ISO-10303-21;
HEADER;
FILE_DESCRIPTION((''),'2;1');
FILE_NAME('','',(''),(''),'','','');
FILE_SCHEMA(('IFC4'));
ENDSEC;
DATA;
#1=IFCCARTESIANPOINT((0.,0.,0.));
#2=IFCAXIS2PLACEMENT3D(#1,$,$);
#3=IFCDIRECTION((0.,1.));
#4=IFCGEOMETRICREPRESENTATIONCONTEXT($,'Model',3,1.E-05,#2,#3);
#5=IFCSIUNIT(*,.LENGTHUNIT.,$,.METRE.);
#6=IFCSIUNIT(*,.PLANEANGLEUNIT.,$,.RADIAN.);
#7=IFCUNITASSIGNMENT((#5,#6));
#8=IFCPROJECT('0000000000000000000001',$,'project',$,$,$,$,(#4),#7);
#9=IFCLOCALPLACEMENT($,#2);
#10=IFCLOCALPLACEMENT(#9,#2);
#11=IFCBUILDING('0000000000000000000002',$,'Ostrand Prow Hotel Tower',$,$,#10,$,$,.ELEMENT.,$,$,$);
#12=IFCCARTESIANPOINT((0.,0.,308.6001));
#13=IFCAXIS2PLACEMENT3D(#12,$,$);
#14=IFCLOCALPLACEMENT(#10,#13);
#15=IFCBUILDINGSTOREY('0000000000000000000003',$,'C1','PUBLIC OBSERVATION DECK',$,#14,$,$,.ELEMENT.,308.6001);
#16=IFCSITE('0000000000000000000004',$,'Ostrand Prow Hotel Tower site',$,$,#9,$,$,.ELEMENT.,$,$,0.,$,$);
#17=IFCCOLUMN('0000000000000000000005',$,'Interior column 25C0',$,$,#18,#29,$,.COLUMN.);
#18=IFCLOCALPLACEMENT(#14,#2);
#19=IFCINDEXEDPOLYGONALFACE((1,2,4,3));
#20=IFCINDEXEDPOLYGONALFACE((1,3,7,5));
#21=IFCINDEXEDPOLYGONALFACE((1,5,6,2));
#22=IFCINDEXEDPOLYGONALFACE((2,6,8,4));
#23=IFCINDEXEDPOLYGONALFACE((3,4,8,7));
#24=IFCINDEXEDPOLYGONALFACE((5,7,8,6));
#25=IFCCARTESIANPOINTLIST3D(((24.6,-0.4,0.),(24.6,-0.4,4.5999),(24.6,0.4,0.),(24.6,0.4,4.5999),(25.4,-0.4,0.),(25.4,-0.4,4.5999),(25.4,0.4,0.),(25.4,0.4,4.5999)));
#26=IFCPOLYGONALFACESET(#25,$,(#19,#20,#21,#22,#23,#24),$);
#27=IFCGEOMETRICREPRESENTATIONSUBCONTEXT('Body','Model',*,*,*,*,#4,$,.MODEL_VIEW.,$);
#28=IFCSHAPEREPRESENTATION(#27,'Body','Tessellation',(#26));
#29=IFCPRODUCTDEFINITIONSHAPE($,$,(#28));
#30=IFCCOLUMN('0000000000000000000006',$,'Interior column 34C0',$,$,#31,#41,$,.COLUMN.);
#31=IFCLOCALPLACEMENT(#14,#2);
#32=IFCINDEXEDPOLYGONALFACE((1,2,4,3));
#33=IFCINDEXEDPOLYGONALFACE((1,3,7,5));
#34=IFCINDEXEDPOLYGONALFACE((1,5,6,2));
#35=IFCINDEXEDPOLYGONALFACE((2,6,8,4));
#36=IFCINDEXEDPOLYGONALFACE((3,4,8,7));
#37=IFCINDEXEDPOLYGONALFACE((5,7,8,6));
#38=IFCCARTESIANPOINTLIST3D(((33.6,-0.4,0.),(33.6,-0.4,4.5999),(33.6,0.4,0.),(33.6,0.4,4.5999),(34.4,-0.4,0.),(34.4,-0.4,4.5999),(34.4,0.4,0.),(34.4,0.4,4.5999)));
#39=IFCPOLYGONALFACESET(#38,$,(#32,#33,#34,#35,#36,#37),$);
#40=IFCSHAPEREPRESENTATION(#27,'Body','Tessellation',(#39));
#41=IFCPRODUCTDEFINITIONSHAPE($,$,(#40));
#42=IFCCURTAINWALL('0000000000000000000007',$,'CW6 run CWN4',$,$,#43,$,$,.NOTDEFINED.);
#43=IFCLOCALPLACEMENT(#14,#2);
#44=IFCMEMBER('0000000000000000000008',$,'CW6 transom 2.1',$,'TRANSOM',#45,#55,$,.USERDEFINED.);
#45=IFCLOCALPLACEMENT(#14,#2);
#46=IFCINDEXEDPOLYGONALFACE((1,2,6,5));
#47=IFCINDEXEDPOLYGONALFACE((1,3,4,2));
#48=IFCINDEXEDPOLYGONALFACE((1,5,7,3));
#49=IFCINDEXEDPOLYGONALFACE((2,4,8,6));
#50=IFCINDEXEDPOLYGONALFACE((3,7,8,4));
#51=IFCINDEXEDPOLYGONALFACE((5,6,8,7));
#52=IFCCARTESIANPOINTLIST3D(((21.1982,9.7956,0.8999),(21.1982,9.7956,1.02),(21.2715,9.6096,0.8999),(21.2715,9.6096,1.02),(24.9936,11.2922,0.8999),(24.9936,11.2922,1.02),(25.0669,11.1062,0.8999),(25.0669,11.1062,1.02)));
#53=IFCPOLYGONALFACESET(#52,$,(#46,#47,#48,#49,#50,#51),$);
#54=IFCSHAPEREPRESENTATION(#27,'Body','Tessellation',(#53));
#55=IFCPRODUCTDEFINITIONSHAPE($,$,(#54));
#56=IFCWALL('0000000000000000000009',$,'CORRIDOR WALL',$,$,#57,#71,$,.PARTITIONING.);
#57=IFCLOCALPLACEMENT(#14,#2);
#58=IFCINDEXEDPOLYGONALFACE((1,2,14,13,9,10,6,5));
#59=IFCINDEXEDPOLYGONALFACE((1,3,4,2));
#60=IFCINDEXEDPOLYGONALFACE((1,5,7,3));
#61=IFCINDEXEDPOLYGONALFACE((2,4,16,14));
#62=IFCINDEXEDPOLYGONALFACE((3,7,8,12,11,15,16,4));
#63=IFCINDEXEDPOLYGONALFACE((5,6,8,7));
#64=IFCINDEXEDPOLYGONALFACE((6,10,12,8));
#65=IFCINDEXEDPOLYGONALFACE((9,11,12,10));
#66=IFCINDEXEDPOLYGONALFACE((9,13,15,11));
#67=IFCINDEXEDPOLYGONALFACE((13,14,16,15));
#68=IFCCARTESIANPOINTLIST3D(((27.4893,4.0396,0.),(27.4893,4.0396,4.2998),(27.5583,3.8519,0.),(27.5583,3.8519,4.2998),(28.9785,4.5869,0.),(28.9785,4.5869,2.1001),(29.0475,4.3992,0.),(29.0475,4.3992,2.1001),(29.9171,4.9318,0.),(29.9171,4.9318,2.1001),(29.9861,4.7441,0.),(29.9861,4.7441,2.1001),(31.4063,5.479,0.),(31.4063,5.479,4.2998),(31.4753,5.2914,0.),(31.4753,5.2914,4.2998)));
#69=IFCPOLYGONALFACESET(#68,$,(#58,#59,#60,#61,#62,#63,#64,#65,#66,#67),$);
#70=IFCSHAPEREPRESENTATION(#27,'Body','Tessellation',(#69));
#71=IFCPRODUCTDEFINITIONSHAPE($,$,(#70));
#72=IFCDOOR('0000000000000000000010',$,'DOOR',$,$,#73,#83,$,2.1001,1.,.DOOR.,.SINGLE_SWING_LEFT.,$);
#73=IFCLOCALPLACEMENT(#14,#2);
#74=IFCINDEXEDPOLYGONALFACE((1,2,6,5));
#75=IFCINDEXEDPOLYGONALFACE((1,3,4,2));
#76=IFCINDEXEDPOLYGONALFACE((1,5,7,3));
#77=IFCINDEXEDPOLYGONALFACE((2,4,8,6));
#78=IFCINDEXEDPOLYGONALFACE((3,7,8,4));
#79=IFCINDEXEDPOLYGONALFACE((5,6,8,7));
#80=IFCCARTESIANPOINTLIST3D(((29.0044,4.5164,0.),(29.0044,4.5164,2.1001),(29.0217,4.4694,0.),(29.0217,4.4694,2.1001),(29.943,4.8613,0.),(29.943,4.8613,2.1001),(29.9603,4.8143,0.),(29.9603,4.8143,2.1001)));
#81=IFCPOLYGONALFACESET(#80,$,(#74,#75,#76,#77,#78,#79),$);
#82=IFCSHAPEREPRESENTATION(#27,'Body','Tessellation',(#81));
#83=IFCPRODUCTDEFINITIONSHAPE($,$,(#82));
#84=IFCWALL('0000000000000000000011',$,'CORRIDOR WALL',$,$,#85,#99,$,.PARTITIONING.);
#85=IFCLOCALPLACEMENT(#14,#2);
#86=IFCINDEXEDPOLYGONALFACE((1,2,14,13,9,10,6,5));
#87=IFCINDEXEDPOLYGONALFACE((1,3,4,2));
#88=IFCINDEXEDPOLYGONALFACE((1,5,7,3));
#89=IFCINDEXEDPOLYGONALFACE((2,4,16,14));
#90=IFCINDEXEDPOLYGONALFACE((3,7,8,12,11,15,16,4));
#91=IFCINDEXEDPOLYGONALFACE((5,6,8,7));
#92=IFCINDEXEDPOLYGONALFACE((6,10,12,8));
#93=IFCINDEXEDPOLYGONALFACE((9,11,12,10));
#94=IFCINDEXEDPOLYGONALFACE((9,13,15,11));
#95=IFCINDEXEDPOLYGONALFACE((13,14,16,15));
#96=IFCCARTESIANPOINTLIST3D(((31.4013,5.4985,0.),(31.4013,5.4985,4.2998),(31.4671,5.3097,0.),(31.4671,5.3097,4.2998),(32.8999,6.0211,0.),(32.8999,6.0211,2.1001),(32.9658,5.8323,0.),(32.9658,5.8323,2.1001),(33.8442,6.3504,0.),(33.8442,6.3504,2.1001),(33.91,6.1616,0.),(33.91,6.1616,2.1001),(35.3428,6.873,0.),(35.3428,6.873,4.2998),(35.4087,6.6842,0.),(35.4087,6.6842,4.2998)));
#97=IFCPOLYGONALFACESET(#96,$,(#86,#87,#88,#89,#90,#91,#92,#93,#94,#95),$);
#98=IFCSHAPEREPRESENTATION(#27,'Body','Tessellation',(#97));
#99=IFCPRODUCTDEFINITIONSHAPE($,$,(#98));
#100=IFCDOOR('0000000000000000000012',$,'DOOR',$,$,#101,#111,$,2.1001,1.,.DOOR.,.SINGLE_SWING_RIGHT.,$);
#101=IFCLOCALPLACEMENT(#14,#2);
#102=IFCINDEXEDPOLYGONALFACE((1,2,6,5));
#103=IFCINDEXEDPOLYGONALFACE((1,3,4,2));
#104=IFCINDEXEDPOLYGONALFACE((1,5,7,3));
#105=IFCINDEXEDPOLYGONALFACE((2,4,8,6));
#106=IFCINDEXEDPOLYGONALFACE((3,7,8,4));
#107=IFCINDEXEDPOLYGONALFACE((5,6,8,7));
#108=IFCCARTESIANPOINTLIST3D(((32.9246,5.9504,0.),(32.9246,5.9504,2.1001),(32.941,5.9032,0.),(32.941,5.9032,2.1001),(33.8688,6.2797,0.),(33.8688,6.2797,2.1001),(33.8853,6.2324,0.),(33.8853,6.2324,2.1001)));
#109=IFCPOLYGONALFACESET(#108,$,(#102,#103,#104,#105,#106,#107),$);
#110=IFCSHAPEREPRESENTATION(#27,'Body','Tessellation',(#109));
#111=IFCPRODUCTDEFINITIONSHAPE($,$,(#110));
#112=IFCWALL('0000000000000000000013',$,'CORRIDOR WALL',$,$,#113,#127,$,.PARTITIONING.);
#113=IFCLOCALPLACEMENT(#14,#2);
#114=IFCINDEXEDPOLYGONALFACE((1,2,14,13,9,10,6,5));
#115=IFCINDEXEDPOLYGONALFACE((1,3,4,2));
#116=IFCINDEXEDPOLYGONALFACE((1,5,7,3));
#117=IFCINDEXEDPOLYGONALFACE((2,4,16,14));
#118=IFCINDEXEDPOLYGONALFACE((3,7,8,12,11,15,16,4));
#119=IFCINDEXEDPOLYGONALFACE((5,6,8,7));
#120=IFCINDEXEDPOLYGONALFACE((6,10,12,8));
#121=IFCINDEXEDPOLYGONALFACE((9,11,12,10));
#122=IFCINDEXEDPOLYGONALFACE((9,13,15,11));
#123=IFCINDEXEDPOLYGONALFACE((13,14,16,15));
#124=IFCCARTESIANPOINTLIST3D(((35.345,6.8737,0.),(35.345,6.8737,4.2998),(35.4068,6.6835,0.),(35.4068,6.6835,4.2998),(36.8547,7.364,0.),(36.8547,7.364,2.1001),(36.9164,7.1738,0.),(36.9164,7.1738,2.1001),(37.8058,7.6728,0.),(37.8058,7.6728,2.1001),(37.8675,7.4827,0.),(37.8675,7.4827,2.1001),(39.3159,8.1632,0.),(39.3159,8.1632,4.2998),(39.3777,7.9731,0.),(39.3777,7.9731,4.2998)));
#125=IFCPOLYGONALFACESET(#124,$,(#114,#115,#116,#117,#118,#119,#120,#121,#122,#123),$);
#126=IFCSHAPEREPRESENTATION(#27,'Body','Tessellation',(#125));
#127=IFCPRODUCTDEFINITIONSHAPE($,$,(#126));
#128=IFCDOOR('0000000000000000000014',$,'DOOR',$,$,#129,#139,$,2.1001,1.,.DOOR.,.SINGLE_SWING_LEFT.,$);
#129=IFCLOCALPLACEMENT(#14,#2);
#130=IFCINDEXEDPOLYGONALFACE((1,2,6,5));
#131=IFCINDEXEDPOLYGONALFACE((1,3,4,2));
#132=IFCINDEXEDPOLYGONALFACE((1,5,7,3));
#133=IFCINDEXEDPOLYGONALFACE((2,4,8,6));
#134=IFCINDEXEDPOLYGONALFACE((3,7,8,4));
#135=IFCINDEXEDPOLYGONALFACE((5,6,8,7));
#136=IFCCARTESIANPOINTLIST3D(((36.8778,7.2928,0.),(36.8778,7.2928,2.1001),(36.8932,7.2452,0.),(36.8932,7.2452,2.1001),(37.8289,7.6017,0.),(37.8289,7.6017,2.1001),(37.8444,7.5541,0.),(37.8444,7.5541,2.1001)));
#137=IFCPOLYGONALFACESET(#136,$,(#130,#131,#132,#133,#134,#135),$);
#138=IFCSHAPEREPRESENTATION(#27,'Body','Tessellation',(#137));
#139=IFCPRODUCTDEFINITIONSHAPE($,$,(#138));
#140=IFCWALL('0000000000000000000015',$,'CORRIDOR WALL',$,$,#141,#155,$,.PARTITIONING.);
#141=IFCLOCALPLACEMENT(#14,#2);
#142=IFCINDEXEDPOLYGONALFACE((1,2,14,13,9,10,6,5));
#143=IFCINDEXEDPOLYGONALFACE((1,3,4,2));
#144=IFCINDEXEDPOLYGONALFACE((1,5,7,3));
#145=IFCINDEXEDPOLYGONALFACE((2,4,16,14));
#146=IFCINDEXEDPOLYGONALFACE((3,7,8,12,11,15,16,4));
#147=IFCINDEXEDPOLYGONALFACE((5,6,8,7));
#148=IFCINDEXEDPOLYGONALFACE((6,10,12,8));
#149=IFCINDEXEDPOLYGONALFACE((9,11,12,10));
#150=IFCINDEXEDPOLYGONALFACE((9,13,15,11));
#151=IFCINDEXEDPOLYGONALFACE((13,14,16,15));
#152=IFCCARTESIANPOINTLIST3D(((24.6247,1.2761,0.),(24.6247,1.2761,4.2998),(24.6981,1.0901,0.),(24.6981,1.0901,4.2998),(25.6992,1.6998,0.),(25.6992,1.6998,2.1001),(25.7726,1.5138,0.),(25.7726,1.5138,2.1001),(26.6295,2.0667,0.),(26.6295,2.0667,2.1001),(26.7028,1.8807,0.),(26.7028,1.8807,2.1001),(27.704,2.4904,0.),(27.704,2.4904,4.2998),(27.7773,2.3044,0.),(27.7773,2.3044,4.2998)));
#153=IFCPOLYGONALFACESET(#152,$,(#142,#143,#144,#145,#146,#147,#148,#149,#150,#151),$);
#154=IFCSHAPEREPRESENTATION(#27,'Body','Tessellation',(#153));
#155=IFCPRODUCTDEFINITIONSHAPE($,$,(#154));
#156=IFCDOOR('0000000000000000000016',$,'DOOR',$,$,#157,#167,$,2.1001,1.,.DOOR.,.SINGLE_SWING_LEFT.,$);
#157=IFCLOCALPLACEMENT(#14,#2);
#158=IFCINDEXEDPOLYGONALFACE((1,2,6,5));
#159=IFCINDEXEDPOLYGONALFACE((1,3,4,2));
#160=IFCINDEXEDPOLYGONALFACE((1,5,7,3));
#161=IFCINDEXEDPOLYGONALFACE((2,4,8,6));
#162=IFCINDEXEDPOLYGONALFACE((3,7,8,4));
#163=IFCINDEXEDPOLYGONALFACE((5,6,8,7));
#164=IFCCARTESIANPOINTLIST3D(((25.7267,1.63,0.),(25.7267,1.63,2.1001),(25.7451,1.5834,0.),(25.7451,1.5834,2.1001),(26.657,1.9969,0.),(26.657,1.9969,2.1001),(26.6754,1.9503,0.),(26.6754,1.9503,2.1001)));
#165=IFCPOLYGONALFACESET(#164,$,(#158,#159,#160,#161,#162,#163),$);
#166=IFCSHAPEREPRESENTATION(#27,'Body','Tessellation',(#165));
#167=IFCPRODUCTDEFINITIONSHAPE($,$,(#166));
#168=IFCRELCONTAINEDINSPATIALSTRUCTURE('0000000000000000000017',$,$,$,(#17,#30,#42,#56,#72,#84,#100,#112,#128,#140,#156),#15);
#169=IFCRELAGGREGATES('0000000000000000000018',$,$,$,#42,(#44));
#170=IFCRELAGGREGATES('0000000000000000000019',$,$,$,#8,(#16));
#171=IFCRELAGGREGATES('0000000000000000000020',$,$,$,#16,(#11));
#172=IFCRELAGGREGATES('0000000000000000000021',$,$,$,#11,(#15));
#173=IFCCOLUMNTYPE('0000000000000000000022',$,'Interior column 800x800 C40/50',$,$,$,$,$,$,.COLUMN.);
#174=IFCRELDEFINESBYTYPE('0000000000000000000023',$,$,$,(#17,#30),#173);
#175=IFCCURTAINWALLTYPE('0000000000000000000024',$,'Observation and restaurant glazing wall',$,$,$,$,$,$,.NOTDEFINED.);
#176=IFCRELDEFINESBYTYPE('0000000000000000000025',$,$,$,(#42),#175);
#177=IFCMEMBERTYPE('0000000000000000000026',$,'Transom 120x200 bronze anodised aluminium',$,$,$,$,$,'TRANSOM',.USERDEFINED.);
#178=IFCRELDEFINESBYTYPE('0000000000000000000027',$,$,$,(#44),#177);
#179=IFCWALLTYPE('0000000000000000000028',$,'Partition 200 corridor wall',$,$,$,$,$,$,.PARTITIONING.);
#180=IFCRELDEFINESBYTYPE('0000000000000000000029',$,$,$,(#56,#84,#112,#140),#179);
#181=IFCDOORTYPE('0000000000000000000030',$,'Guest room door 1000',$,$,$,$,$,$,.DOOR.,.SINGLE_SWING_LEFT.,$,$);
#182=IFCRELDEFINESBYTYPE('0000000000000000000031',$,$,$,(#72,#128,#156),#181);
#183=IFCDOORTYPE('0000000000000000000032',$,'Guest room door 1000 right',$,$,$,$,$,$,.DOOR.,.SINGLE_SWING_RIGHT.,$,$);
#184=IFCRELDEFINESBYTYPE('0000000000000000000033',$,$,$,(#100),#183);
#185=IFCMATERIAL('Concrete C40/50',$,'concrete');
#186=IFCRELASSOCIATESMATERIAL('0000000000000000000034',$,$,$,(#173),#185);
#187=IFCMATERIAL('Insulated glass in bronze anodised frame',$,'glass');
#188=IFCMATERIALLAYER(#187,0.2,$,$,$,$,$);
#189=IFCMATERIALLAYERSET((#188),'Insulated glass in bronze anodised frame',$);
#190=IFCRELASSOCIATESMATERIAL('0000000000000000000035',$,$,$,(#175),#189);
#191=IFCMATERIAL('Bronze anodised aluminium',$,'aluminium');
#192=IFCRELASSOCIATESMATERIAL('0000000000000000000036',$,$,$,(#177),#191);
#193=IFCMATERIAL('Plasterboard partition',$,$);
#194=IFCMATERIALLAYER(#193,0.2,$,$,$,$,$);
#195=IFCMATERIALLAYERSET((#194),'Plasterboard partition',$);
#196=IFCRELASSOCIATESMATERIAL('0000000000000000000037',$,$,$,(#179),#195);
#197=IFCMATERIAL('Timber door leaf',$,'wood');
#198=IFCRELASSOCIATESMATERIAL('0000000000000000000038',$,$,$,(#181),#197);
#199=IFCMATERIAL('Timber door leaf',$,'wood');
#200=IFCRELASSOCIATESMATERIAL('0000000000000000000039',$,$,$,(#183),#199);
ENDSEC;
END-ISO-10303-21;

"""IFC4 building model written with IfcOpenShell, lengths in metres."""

from ifc_helpers import new_model, si_unit, direction, frame, frame_2d, origin, origin_2d, place, context, subcontext, project, spatial, rectangle, extrude, material, layer, layer_set, material_profile, profile_set, type_object, element, fill, aggregate, save


model = new_model("IFC4")

# Units and contexts
model_context = context("Model", 3, precision=1e-05, world=origin(), true_north=direction((0.0, 1.0)))
body_context = subcontext(model_context, "Body", "Model", "MODEL_VIEW")
ifc_project = project(units=[si_unit("LENGTHUNIT", "METRE"), si_unit("PLANEANGLEUNIT", "RADIAN")], contexts=[model_context])

# Site, building, storey
site_placement = place(None, origin())
site = spatial("IfcSite", under=ifc_project, at=site_placement, Name="Ostrand Prow Hotel Tower site", CompositionType="ELEMENT", RefElevation=0.0)
building_placement = place(site_placement, origin())
building = spatial("IfcBuilding", under=site, at=building_placement, Name="Ostrand Prow Hotel Tower", CompositionType="ELEMENT")
storey_placement = place(building_placement, frame((0.0, 0.0, 308.6001)))
storey = spatial("IfcBuildingStorey", under=building, at=storey_placement, Name="C1", Description="PUBLIC OBSERVATION DECK", CompositionType="ELEMENT", Elevation=308.6001)

# Columns
ifc_material_1 = material(Name="Concrete C40/50", Category="concrete")
ifc_material_profile_1 = material_profile(ifc_material_1, rectangle(XDim=0.8, YDim=0.8, at=origin_2d()), Name="RC 800x800")
ifc_profile_set_1 = profile_set([ifc_material_profile_1], Name="Concrete C40/50")
column_type = type_object("IfcColumnType", Name="Interior column 800x800 C40/50", PredefinedType="COLUMN", material=ifc_profile_set_1)
for number, where, z_axis, x_axis, name in (
    (1, (25.0, 0.0, 0.0), (0.0, 0.0, 1.0), (1.0, 0.0, 0.0), "Interior column 25C0"),
    (2, (34.0, 0.0, 0.0), (0.0, 0.0, 1.0), (1.0, 0.0, 0.0), "Interior column 34C0"),
):
    element("IfcColumn", number, at=place(storey_placement, frame(where, z_axis=z_axis, x_axis=x_axis)), inside=storey, type_object=column_type, Name=name, PredefinedType="COLUMN", context=body_context, shape_type="SweptSolid", body=[
        extrude(rectangle(XDim=0.8, YDim=0.8, at=origin_2d()), origin(), (0.0, 0.0, 1.0), 4.5999),
    ])

# Curtain wall, member
ifc_material_2 = material(Name="Insulated glass in bronze anodised frame", Category="glass")
ifc_layer_1 = layer(ifc_material_2, 0.2)
ifc_layer_set_1 = layer_set([ifc_layer_1], Name="Insulated glass in bronze anodised frame")
curtain_wall_type = type_object("IfcCurtainWallType", Name="Observation and restaurant glazing wall", PredefinedType="NOTDEFINED", material=ifc_layer_set_1)
curtain_wall_placement = place(storey_placement, origin())
curtain_wall = element("IfcCurtainWall", 3, at=curtain_wall_placement, inside=storey, type_object=curtain_wall_type, Name="CW6 run CWN4", PredefinedType="NOTDEFINED")
ifc_material_3 = material(Name="Bronze anodised aluminium", Category="aluminium")
ifc_material_profile_2 = material_profile(ifc_material_3, rectangle(XDim=0.2, YDim=0.1201, at=origin_2d()), Name="Transom 120x200 bronze anodised aluminium")
ifc_profile_set_2 = profile_set([ifc_material_profile_2], Name="Bronze anodised aluminium")
member_type = type_object("IfcMemberType", Name="Transom 120x200 bronze anodised aluminium", ElementType="TRANSOM", PredefinedType="USERDEFINED", material=ifc_profile_set_2)
member_placement = place(storey_placement, frame((25.0303, 11.1992, 0.96), z_axis=(-0.93029, -0.366826, 0.0), x_axis=(0.366826, -0.93029, 0.0)))
member = element("IfcMember", 4, at=member_placement, type_object=member_type, Name="CW6 transom 2.1", ObjectType="TRANSOM", PredefinedType="USERDEFINED", context=body_context, shape_type="SweptSolid", body=[
    extrude(rectangle(XDim=0.2, YDim=0.1201, at=origin_2d()), origin(), (0.0, 0.0, 1.0), 4.0798),
])
aggregate(curtain_wall, [member])

# Walls, openings, doors
ifc_material_4 = material(Name="Plasterboard partition")
ifc_layer_2 = layer(ifc_material_4, 0.2)
ifc_layer_set_2 = layer_set([ifc_layer_2], Name="Plasterboard partition")
wall_type_1 = type_object("IfcWallType", Name="Partition 200 corridor wall", PredefinedType="PARTITIONING", material=ifc_layer_set_2)
wall_1_placement = place(storey_placement, frame((27.5239, 3.9458, 0.0), z_axis=(0.0, 0.0, 1.0), x_axis=(0.938626, 0.344935, 0.0)))
wall_1 = element("IfcWall", 5, at=wall_1_placement, inside=storey, type_object=wall_type_1, Name="CORRIDOR WALL", PredefinedType="PARTITIONING", context=body_context, shape_type="SweptSolid", body=[
    extrude(rectangle(XDim=4.1731, YDim=0.2, at=frame_2d((2.0864, 0.0))), origin(), (0.0, 0.0, 1.0), 4.2998),
])
opening_1_placement = place(wall_1_placement, frame((1.5864, 0.0, 0.0)))
opening_1 = element("IfcOpeningElement", 6, at=opening_1_placement, cuts=wall_1, PredefinedType="OPENING", context=body_context, shape_type="SweptSolid", body=[
    extrude(rectangle(XDim=1.0, YDim=2.1001, at=frame_2d((0.5, 1.05))), frame((0.0, 0.1099, 0.0), z_axis=(0.0, -1.0, 0.0), x_axis=(1.0, 0.0, 0.0)), (0.0, 0.0, 1.0), 0.22),
])
ifc_material_5 = material(Name="Timber door leaf", Category="wood")
door_type_1 = type_object("IfcDoorType", Name="Guest room door 1000", OperationType="SINGLE_SWING_LEFT", PredefinedType="DOOR", material=ifc_material_5)
door_1_placement = place(opening_1_placement, origin())
door_1 = element("IfcDoor", 7, at=door_1_placement, inside=storey, type_object=door_type_1, Name="DOOR", OperationType="SINGLE_SWING_LEFT", OverallHeight=2.1001, OverallWidth=1.0, PredefinedType="DOOR", context=body_context, shape_type="SweptSolid", body=[
    extrude(rectangle(XDim=1.0, YDim=2.1001, at=frame_2d((0.5, 1.05))), frame((0.0, 0.0249, 0.0), z_axis=(0.0, -1.0, 0.0), x_axis=(1.0, 0.0, 0.0)), (0.0, 0.0, 1.0), 0.05),
])
fill(opening_1, door_1)
wall_2_placement = place(storey_placement, frame((35.3757, 6.7786, 0.0), z_axis=(0.0, 0.0, 1.0), x_axis=(-0.944236, -0.329269, 0.0)))
wall_2 = element("IfcWall", 8, at=wall_2_placement, inside=storey, type_object=wall_type_1, Name="CORRIDOR WALL", PredefinedType="PARTITIONING", context=body_context, shape_type="SweptSolid", body=[
    extrude(rectangle(XDim=4.1743, YDim=0.2, at=frame_2d((2.0872, 0.0))), origin(), (0.0, 0.0, 1.0), 4.2998),
])
opening_2_placement = place(wall_2_placement, frame((1.5872, 0.0, 0.0)))
opening_2 = element("IfcOpeningElement", 9, at=opening_2_placement, cuts=wall_2, PredefinedType="OPENING", context=body_context, shape_type="SweptSolid", body=[
    extrude(rectangle(XDim=1.0, YDim=2.1001, at=frame_2d((0.5, 1.05))), frame((0.0, 0.1099, 0.0), z_axis=(0.0, -1.0, 0.0), x_axis=(1.0, 0.0, 0.0)), (0.0, 0.0, 1.0), 0.22),
])
ifc_material_6 = material(Name="Timber door leaf", Category="wood")
door_type_2 = type_object("IfcDoorType", Name="Guest room door 1000 right", OperationType="SINGLE_SWING_RIGHT", PredefinedType="DOOR", material=ifc_material_6)
door_2_placement = place(opening_2_placement, origin())
door_2 = element("IfcDoor", 10, at=door_2_placement, inside=storey, type_object=door_type_2, Name="DOOR", OperationType="SINGLE_SWING_RIGHT", OverallHeight=2.1001, OverallWidth=1.0, PredefinedType="DOOR", context=body_context, shape_type="SweptSolid", body=[
    extrude(rectangle(XDim=1.0, YDim=2.1001, at=frame_2d((0.5, 1.05))), frame((0.0, 0.0249, 0.0), z_axis=(0.0, -1.0, 0.0), x_axis=(1.0, 0.0, 0.0)), (0.0, 0.0, 1.0), 0.05),
])
fill(opening_2, door_2)
wall_3_placement = place(storey_placement, frame((39.3467, 8.0681, 0.0), z_axis=(0.0, 0.0, 1.0), x_axis=(-0.951105, -0.308868, 0.0)))
wall_3 = element("IfcWall", 11, at=wall_3_placement, inside=storey, type_object=wall_type_1, Name="CORRIDOR WALL", PredefinedType="PARTITIONING", context=body_context, shape_type="SweptSolid", body=[
    extrude(rectangle(XDim=4.175, YDim=0.2, at=frame_2d((2.0874, 0.0))), origin(), (0.0, 0.0, 1.0), 4.2998),
])
opening_3_placement = place(wall_3_placement, frame((1.5876, 0.0, 0.0)))
opening_3 = element("IfcOpeningElement", 12, at=opening_3_placement, cuts=wall_3, PredefinedType="OPENING", context=body_context, shape_type="SweptSolid", body=[
    extrude(rectangle(XDim=1.0, YDim=2.1001, at=frame_2d((0.5, 1.05))), frame((0.0, 0.1099, 0.0), z_axis=(0.0, -1.0, 0.0), x_axis=(1.0, 0.0, 0.0)), (0.0, 0.0, 1.0), 0.22),
])
door_3_placement = place(opening_3_placement, origin())
door_3 = element("IfcDoor", 13, at=door_3_placement, inside=storey, type_object=door_type_1, Name="DOOR", OperationType="SINGLE_SWING_LEFT", OverallHeight=2.1001, OverallWidth=1.0, PredefinedType="DOOR", context=body_context, shape_type="SweptSolid", body=[
    extrude(rectangle(XDim=1.0, YDim=2.1001, at=frame_2d((0.5, 1.05))), frame((0.0, 0.0249, 0.0), z_axis=(0.0, -1.0, 0.0), x_axis=(1.0, 0.0, 0.0)), (0.0, 0.0, 1.0), 0.05),
])
fill(opening_3, door_3)
wall_4_placement = place(storey_placement, frame((24.6614, 1.1831, 0.0), z_axis=(0.0, 0.0, 1.0), x_axis=(0.930276, 0.366859, 0.0)))
wall_4 = element("IfcWall", 14, at=wall_4_placement, inside=storey, type_object=wall_type_1, Name="CORRIDOR WALL", PredefinedType="PARTITIONING", context=body_context, shape_type="SweptSolid", body=[
    extrude(rectangle(XDim=3.3101, YDim=0.2, at=frame_2d((1.655, 0.0))), origin(), (0.0, 0.0, 1.0), 4.2998),
])
opening_4_placement = place(wall_4_placement, frame((1.155, 0.0, 0.0)))
opening_4 = element("IfcOpeningElement", 15, at=opening_4_placement, cuts=wall_4, PredefinedType="OPENING", context=body_context, shape_type="SweptSolid", body=[
    extrude(rectangle(XDim=1.0, YDim=2.1001, at=frame_2d((0.5, 1.05))), frame((0.0, 0.1099, 0.0), z_axis=(0.0, -1.0, 0.0), x_axis=(1.0, 0.0, 0.0)), (0.0, 0.0, 1.0), 0.22),
])
door_4_placement = place(opening_4_placement, origin())
door_4 = element("IfcDoor", 16, at=door_4_placement, inside=storey, type_object=door_type_1, Name="DOOR", OperationType="SINGLE_SWING_LEFT", OverallHeight=2.1001, OverallWidth=1.0, PredefinedType="DOOR", context=body_context, shape_type="SweptSolid", body=[
    extrude(rectangle(XDim=1.0, YDim=2.1001, at=frame_2d((0.5, 1.05))), frame((0.0, 0.0249, 0.0), z_axis=(0.0, -1.0, 0.0), x_axis=(1.0, 0.0, 0.0)), (0.0, 0.0, 1.0), 0.05),
])
fill(opening_4, door_4)

save(model, "model.ifc")
